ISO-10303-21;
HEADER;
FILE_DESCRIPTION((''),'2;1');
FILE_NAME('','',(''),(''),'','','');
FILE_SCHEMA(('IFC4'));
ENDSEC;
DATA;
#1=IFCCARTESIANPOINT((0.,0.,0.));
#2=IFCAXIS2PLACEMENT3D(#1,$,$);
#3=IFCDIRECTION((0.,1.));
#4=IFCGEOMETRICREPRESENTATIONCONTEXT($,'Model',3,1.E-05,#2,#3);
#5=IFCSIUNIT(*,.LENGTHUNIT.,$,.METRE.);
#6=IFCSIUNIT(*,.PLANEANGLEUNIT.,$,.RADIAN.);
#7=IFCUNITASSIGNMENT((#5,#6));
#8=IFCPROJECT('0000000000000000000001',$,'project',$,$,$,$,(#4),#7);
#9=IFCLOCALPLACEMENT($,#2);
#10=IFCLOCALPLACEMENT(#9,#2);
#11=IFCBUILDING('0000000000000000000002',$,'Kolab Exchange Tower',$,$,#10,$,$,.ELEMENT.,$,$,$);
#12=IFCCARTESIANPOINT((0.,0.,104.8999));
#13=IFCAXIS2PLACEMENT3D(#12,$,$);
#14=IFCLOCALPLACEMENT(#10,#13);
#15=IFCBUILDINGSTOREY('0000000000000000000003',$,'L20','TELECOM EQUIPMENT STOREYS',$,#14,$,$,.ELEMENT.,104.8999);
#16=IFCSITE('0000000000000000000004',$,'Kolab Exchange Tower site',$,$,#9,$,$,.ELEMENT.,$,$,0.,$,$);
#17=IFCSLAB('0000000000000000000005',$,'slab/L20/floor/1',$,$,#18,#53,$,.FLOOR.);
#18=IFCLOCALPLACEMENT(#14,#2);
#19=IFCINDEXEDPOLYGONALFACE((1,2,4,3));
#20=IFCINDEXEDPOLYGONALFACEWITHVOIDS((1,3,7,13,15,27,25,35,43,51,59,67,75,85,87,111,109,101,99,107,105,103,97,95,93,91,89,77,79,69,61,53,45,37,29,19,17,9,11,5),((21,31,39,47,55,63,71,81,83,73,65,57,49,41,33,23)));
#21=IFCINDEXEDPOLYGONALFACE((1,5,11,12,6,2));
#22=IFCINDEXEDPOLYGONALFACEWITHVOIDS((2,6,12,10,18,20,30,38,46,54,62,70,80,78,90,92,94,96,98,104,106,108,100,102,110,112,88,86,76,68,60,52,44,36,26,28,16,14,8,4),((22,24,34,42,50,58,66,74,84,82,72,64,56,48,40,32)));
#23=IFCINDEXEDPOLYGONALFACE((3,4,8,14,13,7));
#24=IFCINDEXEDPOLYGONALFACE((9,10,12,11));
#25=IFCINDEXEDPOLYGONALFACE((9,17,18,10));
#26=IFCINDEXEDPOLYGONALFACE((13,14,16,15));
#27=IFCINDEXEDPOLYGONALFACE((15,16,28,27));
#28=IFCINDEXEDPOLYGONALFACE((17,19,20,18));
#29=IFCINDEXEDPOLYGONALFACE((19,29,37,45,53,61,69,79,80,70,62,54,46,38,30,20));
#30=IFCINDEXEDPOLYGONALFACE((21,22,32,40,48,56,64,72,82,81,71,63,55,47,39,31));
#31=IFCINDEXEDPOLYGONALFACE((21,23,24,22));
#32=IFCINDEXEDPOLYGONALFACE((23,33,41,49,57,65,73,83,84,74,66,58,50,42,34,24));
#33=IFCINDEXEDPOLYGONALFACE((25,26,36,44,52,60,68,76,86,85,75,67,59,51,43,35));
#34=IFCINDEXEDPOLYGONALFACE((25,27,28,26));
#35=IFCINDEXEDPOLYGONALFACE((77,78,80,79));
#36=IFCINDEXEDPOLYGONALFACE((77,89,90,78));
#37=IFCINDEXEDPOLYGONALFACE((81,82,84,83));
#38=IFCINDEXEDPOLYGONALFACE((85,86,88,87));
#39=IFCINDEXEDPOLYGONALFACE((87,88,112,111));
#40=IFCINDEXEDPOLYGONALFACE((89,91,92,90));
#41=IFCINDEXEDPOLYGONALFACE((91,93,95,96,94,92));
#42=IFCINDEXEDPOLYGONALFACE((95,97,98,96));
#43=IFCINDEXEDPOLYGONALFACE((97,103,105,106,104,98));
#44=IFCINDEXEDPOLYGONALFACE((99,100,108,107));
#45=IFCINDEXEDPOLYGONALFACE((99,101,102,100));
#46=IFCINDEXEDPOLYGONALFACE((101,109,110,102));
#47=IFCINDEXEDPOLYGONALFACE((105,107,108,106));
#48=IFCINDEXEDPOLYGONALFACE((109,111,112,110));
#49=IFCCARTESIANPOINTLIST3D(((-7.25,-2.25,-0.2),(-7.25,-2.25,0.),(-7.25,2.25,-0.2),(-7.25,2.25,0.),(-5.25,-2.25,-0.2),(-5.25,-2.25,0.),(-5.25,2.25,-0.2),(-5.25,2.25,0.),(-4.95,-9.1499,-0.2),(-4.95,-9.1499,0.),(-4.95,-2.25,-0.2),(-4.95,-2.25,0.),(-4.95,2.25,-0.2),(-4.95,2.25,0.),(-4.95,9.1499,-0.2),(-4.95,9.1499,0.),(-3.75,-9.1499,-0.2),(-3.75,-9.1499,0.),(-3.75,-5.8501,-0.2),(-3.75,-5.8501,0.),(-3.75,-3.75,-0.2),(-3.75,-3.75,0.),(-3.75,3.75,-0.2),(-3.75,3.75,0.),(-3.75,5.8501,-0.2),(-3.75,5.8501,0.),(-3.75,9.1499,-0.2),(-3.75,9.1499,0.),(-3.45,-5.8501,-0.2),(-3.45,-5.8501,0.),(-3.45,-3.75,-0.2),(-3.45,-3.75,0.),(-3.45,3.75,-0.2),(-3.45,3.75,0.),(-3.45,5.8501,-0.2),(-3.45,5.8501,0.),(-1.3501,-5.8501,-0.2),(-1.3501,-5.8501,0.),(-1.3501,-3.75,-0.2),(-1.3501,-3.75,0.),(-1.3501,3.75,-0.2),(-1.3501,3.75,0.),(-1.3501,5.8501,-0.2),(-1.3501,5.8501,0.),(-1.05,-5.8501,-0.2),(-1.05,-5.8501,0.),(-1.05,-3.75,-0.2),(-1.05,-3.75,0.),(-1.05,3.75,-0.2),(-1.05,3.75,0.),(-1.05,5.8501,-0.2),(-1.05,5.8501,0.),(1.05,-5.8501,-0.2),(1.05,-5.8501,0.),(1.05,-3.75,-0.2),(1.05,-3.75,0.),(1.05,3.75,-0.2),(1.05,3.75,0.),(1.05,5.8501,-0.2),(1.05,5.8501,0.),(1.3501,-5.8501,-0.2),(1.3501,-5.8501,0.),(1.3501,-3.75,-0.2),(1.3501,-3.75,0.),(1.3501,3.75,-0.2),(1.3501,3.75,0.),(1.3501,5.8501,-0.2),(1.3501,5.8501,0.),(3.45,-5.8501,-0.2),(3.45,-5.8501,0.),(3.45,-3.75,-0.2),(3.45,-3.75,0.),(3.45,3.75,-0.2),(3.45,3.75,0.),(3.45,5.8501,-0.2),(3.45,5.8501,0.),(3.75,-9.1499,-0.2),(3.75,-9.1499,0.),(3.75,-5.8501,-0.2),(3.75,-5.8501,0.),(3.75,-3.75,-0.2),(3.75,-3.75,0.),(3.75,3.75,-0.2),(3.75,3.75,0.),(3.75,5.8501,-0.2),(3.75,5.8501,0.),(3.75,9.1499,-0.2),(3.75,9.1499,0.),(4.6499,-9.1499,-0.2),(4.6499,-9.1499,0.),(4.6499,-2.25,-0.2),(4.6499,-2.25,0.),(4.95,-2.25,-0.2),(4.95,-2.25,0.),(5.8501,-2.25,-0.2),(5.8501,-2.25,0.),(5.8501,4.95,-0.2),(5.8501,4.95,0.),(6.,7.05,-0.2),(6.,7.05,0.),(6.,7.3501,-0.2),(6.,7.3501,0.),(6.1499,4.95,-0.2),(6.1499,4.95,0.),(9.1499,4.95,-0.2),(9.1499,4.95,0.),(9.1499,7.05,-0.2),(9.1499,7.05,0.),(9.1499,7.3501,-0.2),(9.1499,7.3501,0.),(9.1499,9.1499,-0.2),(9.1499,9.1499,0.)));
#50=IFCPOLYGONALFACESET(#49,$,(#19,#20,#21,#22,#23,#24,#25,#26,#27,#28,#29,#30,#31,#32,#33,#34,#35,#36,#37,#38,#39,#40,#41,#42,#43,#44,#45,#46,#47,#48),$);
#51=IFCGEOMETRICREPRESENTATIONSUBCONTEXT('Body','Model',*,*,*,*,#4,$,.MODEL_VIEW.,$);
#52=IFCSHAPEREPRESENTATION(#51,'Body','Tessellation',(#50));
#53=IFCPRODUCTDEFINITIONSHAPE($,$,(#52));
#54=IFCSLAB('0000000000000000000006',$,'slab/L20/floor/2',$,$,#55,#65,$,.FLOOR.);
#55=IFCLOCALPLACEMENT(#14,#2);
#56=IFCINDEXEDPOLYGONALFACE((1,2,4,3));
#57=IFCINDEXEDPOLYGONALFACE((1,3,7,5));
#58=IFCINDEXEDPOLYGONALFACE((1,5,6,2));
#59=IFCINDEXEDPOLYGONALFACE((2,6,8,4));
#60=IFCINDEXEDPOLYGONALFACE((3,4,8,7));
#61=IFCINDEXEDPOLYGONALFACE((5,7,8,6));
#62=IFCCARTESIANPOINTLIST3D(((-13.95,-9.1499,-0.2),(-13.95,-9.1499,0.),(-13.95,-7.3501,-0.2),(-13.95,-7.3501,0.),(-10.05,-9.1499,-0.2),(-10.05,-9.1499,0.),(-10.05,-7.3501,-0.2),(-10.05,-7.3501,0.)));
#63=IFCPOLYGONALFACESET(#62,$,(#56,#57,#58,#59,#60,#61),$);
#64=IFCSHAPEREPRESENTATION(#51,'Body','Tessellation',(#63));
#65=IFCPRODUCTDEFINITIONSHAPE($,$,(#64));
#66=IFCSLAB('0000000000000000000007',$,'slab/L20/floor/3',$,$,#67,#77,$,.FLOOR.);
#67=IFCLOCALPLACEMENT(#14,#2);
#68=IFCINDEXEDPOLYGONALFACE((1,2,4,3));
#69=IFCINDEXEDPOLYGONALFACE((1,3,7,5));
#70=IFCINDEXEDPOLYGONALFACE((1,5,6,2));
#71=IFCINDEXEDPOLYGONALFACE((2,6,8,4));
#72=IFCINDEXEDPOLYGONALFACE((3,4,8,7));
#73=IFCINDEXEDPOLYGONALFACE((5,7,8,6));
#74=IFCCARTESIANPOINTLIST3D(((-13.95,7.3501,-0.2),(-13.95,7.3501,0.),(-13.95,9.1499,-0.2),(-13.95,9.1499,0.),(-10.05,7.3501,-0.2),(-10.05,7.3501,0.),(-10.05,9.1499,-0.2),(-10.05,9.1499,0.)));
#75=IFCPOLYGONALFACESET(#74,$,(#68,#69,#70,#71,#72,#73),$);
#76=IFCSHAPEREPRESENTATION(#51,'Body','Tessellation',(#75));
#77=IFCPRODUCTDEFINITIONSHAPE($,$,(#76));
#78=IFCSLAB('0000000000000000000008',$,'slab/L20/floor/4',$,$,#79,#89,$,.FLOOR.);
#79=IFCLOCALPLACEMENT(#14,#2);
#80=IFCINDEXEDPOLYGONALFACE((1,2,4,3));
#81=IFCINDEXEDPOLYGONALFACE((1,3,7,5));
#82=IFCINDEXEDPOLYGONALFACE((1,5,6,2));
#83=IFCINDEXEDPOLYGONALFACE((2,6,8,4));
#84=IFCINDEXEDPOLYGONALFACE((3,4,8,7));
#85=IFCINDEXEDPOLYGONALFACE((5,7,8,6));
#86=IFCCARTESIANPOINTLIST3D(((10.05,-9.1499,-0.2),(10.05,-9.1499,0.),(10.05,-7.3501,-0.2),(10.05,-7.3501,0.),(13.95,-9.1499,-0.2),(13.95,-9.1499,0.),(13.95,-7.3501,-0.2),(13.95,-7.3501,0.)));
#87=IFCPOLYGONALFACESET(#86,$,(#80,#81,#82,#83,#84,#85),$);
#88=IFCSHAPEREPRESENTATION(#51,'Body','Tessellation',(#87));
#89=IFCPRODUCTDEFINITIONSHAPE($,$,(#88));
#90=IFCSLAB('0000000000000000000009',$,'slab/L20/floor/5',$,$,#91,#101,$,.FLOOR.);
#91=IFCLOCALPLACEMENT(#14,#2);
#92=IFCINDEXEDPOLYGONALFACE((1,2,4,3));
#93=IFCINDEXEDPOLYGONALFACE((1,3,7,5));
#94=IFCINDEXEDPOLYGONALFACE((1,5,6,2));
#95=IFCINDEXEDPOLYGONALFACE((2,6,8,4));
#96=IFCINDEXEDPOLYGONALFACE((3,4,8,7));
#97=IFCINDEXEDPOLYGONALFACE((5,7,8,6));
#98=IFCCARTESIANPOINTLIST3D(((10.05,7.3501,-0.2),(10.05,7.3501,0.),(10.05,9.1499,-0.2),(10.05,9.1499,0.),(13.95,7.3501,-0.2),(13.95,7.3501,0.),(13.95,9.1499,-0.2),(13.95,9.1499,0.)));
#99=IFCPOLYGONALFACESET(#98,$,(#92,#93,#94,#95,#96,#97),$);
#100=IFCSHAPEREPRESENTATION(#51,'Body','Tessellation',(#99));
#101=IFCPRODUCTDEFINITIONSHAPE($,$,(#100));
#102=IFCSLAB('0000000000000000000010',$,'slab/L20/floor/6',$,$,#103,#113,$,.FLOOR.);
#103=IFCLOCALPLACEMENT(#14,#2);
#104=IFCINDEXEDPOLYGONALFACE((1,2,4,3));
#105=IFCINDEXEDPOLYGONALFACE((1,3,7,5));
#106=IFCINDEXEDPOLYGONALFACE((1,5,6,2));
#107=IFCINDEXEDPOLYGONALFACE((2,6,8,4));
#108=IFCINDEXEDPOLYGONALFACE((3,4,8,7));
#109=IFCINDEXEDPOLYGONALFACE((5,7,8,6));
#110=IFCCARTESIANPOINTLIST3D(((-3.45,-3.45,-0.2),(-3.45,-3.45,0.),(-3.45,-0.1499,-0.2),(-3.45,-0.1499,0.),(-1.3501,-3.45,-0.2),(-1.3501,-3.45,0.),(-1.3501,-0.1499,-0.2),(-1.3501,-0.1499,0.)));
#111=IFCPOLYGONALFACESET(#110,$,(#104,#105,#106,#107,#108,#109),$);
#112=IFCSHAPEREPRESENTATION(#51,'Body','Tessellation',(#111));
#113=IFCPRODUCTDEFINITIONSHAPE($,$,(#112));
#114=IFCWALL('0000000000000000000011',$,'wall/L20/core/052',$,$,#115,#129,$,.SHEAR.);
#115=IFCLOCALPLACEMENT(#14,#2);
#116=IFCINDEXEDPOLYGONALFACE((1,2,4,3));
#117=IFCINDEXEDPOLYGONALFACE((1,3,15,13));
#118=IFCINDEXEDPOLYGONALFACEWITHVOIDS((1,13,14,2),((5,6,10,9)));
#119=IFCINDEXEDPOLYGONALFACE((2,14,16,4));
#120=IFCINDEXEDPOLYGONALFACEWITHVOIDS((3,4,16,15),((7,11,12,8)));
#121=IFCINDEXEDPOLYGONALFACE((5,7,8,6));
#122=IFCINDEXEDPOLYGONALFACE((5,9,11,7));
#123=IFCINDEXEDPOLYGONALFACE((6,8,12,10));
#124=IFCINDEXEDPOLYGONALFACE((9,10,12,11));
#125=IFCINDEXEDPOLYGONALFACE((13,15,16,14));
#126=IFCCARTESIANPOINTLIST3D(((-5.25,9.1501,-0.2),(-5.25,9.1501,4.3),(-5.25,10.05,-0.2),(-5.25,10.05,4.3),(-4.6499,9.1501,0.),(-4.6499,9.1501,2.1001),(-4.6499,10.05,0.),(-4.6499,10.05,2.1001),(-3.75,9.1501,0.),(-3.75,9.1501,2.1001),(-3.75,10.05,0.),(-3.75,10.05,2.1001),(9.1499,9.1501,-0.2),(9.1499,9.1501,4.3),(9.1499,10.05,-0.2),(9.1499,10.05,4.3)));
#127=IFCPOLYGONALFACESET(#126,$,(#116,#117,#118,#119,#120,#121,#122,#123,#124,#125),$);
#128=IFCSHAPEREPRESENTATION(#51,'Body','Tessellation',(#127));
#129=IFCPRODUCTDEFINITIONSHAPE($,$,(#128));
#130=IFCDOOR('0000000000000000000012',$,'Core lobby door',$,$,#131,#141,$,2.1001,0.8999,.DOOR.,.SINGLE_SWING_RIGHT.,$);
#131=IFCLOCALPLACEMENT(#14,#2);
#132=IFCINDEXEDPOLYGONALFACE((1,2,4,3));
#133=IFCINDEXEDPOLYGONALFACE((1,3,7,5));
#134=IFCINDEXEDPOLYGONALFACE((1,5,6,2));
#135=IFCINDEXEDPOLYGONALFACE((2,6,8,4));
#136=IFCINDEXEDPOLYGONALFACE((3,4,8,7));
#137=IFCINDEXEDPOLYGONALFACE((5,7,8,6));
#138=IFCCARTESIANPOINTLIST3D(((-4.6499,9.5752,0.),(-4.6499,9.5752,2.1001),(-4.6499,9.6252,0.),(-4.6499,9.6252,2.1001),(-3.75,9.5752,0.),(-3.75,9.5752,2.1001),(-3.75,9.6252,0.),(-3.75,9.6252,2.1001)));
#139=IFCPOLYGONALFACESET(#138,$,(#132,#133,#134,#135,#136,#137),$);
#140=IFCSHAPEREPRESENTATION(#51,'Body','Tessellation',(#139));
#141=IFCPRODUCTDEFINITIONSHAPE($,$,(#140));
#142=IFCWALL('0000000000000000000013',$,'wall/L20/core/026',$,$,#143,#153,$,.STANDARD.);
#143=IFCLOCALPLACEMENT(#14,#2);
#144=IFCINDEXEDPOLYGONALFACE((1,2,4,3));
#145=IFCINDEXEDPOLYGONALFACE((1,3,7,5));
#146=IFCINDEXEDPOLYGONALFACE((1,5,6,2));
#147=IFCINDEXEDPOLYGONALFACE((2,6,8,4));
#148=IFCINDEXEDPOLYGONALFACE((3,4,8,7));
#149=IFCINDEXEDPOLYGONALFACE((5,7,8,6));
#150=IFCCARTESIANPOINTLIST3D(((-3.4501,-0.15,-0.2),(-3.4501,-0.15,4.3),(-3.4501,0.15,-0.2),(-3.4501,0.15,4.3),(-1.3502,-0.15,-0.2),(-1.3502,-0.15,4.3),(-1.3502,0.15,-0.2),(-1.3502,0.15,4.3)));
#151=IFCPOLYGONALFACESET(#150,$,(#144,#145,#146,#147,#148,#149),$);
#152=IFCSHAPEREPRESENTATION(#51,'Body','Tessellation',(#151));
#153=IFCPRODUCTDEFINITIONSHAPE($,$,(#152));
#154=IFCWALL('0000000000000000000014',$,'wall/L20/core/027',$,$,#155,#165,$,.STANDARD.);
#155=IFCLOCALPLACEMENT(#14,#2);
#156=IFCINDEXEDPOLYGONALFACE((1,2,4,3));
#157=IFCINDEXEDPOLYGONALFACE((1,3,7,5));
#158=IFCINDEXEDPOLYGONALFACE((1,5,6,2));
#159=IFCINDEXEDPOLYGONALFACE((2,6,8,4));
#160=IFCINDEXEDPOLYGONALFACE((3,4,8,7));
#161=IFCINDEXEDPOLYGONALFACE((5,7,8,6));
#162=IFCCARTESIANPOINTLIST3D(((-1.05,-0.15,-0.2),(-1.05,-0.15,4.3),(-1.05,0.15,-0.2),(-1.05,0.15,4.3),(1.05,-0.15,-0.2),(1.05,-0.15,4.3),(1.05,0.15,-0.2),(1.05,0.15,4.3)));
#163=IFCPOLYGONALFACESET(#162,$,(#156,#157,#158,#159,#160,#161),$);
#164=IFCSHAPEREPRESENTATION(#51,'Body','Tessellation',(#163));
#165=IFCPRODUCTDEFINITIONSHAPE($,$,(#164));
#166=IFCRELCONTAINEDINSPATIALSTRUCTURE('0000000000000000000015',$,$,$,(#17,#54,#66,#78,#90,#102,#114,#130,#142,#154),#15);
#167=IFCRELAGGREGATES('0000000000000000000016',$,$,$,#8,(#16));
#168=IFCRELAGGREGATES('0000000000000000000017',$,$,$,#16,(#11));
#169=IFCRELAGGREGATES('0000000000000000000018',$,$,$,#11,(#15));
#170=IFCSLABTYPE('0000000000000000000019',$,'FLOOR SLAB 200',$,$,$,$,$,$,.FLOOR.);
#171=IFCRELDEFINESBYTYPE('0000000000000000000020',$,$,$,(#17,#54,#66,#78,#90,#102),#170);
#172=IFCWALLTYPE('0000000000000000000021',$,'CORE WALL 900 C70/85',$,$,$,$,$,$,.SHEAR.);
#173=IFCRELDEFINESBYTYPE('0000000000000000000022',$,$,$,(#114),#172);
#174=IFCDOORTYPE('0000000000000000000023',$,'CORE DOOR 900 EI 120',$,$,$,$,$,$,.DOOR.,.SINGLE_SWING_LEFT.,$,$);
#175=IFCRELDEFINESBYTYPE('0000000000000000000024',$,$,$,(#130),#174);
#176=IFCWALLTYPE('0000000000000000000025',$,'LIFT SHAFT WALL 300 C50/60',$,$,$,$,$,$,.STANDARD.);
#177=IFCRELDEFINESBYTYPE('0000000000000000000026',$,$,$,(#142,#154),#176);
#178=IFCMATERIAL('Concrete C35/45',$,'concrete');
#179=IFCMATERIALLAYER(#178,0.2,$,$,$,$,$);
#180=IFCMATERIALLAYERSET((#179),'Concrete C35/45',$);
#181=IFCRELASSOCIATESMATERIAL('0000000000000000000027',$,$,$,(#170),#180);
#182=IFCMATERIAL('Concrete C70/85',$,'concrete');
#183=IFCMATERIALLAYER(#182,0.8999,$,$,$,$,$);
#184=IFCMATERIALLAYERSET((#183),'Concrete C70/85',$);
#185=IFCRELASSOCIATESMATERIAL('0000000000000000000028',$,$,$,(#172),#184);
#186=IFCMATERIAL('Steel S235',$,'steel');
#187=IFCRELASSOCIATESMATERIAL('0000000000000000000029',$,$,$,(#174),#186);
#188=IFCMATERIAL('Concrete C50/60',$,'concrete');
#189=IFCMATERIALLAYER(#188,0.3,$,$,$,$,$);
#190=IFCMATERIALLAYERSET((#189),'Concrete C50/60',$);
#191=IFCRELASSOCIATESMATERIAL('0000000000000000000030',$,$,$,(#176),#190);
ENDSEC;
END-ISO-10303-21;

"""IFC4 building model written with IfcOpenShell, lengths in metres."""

from ifc_helpers import new_model, si_unit, direction, frame, frame_2d, origin, place, context, subcontext, project, spatial, polyline, rectangle, outline, extrude, material, layer, layer_set, type_object, element, fill, save


model = new_model("IFC4")

# Units and contexts
model_context = context("Model", 3, precision=1e-05, world=origin(), true_north=direction((0.0, 1.0)))
body_context = subcontext(model_context, "Body", "Model", "MODEL_VIEW")
ifc_project = project(units=[si_unit("LENGTHUNIT", "METRE"), si_unit("PLANEANGLEUNIT", "RADIAN")], contexts=[model_context])

# Site, building, storey
site_placement = place(None, origin())
site = spatial("IfcSite", under=ifc_project, at=site_placement, Name="Kolab Exchange Tower site", CompositionType="ELEMENT", RefElevation=0.0)
building_placement = place(site_placement, origin())
building = spatial("IfcBuilding", under=site, at=building_placement, Name="Kolab Exchange Tower", CompositionType="ELEMENT")
storey_placement = place(building_placement, frame((0.0, 0.0, 104.8999)))
storey = spatial("IfcBuildingStorey", under=building, at=storey_placement, Name="L20", Description="TELECOM EQUIPMENT STOREYS", CompositionType="ELEMENT", Elevation=104.8999)

# Slabs
ifc_material_1 = material(Name="Concrete C35/45", Category="concrete")
ifc_layer_1 = layer(ifc_material_1, 0.2)
ifc_layer_set_1 = layer_set([ifc_layer_1], Name="Concrete C35/45")
slab_type = type_object("IfcSlabType", Name="FLOOR SLAB 200", PredefinedType="FLOOR", material=ifc_layer_set_1)
slab_1_placement = place(storey_placement, frame((0.0, 0.0, -0.2)))
element("IfcSlab", 1, at=slab_1_placement, inside=storey, type_object=slab_type, Name="slab/L20/floor/1", PredefinedType="FLOOR", context=body_context, shape_type="SweptSolid", body=[
    extrude(outline(polyline([(-4.95, 9.1499), (-4.95, 2.25), (-5.25, 2.25), (-7.25, 2.25), (-7.25, -2.25), (-5.25, -2.25), (-4.95, -2.25), (-4.95, -9.1499), (-3.75, -9.1499), (-3.75, -5.8501), (-3.45, -5.8501), (-1.3501, -5.8501), (-1.05, -5.8501), (1.05, -5.8501), (1.3501, -5.8501), (3.45, -5.8501), (3.75, -5.8501), (3.75, -9.1499), (4.6499, -9.1499), (4.6499, -2.25), (4.95, -2.25), (5.8501, -2.25), (5.8501, 4.95), (6.1499, 4.95), (9.1499, 4.95), (9.1499, 7.05), (6.0, 7.05), (6.0, 7.3501), (9.1499, 7.3501), (9.1499, 9.1499), (3.75, 9.1499), (3.75, 5.8501), (3.45, 5.8501), (1.3501, 5.8501), (1.05, 5.8501), (-1.05, 5.8501), (-1.3501, 5.8501), (-3.45, 5.8501), (-3.75, 5.8501), (-3.75, 9.1499), (-4.95, 9.1499)]), holes=[polyline([(-3.75, -3.75), (-3.75, 3.75), (-3.45, 3.75), (-1.3501, 3.75), (-1.05, 3.75), (1.05, 3.75), (1.3501, 3.75), (3.45, 3.75), (3.75, 3.75), (3.75, -3.75), (3.45, -3.75), (1.3501, -3.75), (1.05, -3.75), (-1.05, -3.75), (-1.3501, -3.75), (-3.45, -3.75), (-3.75, -3.75)])]), origin(), (0.0, 0.0, 1.0), 0.2),
])
slab_2_placement = place(storey_placement, frame((0.0, 0.0, -0.2)))
element("IfcSlab", 2, at=slab_2_placement, inside=storey, type_object=slab_type, Name="slab/L20/floor/2", PredefinedType="FLOOR", context=body_context, shape_type="SweptSolid", body=[
    extrude(outline(polyline([(-10.05, -9.1499), (-10.05, -7.3501), (-13.95, -7.3501), (-13.95, -9.1499), (-10.05, -9.1499)])), origin(), (0.0, 0.0, 1.0), 0.2),
])
slab_3_placement = place(storey_placement, frame((0.0, 0.0, -0.2)))
element("IfcSlab", 3, at=slab_3_placement, inside=storey, type_object=slab_type, Name="slab/L20/floor/3", PredefinedType="FLOOR", context=body_context, shape_type="SweptSolid", body=[
    extrude(outline(polyline([(-10.05, 9.1499), (-13.95, 9.1499), (-13.95, 7.3501), (-10.05, 7.3501), (-10.05, 9.1499)])), origin(), (0.0, 0.0, 1.0), 0.2),
])
slab_4_placement = place(storey_placement, frame((0.0, 0.0, -0.2)))
element("IfcSlab", 4, at=slab_4_placement, inside=storey, type_object=slab_type, Name="slab/L20/floor/4", PredefinedType="FLOOR", context=body_context, shape_type="SweptSolid", body=[
    extrude(outline(polyline([(10.05, -9.1499), (13.95, -9.1499), (13.95, -7.3501), (10.05, -7.3501), (10.05, -9.1499)])), origin(), (0.0, 0.0, 1.0), 0.2),
])
slab_5_placement = place(storey_placement, frame((0.0, 0.0, -0.2)))
element("IfcSlab", 5, at=slab_5_placement, inside=storey, type_object=slab_type, Name="slab/L20/floor/5", PredefinedType="FLOOR", context=body_context, shape_type="SweptSolid", body=[
    extrude(outline(polyline([(13.95, 9.1499), (10.05, 9.1499), (10.05, 7.3501), (13.95, 7.3501), (13.95, 9.1499)])), origin(), (0.0, 0.0, 1.0), 0.2),
])
slab_6_placement = place(storey_placement, frame((0.0, 0.0, -0.2)))
element("IfcSlab", 6, at=slab_6_placement, inside=storey, type_object=slab_type, Name="slab/L20/floor/6", PredefinedType="FLOOR", context=body_context, shape_type="SweptSolid", body=[
    extrude(outline(polyline([(-1.3501, -3.45), (-1.3501, -0.1499), (-3.45, -0.1499), (-3.45, -3.45), (-1.3501, -3.45)])), origin(), (0.0, 0.0, 1.0), 0.2),
])

# Wall, opening, door
ifc_material_2 = material(Name="Concrete C70/85", Category="concrete")
ifc_layer_2 = layer(ifc_material_2, 0.8999)
ifc_layer_set_2 = layer_set([ifc_layer_2], Name="Concrete C70/85")
wall_type_1 = type_object("IfcWallType", Name="CORE WALL 900 C70/85", PredefinedType="SHEAR", material=ifc_layer_set_2)
wall_1_placement = place(storey_placement, frame((-5.25, 9.6001, -0.2), z_axis=(0.0, 0.0, 1.0), x_axis=(1.0, 0.0, 0.0)))
wall_1 = element("IfcWall", 7, at=wall_1_placement, inside=storey, type_object=wall_type_1, Name="wall/L20/core/052", PredefinedType="SHEAR", context=body_context, shape_type="SweptSolid", body=[
    extrude(rectangle(XDim=14.3999, YDim=0.8999, at=frame_2d((7.2, 0.0))), origin(), (0.0, 0.0, 1.0), 4.5),
])
opening_1_placement = place(wall_1_placement, frame((0.6001, 0.0, 0.2)))
opening_1 = element("IfcOpeningElement", 8, at=opening_1_placement, cuts=wall_1, PredefinedType="OPENING", context=body_context, shape_type="SweptSolid", body=[
    extrude(rectangle(XDim=0.8999, YDim=2.1001, at=frame_2d((0.45, 1.05))), frame((0.0, 0.46, 0.0), z_axis=(0.0, -1.0, 0.0), x_axis=(1.0, 0.0, 0.0)), (0.0, 0.0, 1.0), 0.9199),
])
ifc_material_3 = material(Name="Steel S235", Category="steel")
door_type_1 = type_object("IfcDoorType", Name="CORE DOOR 900 EI 120", OperationType="SINGLE_SWING_LEFT", PredefinedType="DOOR", material=ifc_material_3)
door_1_placement = place(opening_1_placement, frame((0.8999, 0.0, 0.0), z_axis=(0.0, 0.0, 1.0), x_axis=(-1.0, 0.0, 0.0)))
door_1 = element("IfcDoor", 9, at=door_1_placement, inside=storey, type_object=door_type_1, Name="Core lobby door", OperationType="SINGLE_SWING_RIGHT", OverallHeight=2.1001, OverallWidth=0.8999, PredefinedType="DOOR", context=body_context, shape_type="SweptSolid", body=[
    extrude(rectangle(XDim=0.8999, YDim=2.1001, at=frame_2d((0.45, 1.05))), frame((0.0, 0.0249, 0.0), z_axis=(0.0, -1.0, 0.0), x_axis=(1.0, 0.0, 0.0)), (0.0, 0.0, 1.0), 0.05),
])
fill(opening_1, door_1)

# Walls
ifc_material_4 = material(Name="Concrete C50/60", Category="concrete")
ifc_layer_3 = layer(ifc_material_4, 0.3)
ifc_layer_set_3 = layer_set([ifc_layer_3], Name="Concrete C50/60")
wall_type_2 = type_object("IfcWallType", Name="LIFT SHAFT WALL 300 C50/60", PredefinedType="STANDARD", material=ifc_layer_set_3)
wall_2_placement = place(storey_placement, frame((-3.45, 0.0, -0.2), z_axis=(0.0, 0.0, 1.0), x_axis=(1.0, 0.0, 0.0)))
element("IfcWall", 10, at=wall_2_placement, inside=storey, type_object=wall_type_2, Name="wall/L20/core/026", PredefinedType="STANDARD", context=body_context, shape_type="SweptSolid", body=[
    extrude(rectangle(XDim=2.0999, YDim=0.3, at=frame_2d((1.0498, 0.0))), origin(), (0.0, 0.0, 1.0), 4.5),
])
wall_3_placement = place(storey_placement, frame((-1.05, 0.0, -0.2), z_axis=(0.0, 0.0, 1.0), x_axis=(1.0, 0.0, 0.0)))
element("IfcWall", 11, at=wall_3_placement, inside=storey, type_object=wall_type_2, Name="wall/L20/core/027", PredefinedType="STANDARD", context=body_context, shape_type="SweptSolid", body=[
    extrude(rectangle(XDim=2.1001, YDim=0.3, at=frame_2d((1.05, 0.0))), origin(), (0.0, 0.0, 1.0), 4.5),
])

save(model, "model.ifc")
